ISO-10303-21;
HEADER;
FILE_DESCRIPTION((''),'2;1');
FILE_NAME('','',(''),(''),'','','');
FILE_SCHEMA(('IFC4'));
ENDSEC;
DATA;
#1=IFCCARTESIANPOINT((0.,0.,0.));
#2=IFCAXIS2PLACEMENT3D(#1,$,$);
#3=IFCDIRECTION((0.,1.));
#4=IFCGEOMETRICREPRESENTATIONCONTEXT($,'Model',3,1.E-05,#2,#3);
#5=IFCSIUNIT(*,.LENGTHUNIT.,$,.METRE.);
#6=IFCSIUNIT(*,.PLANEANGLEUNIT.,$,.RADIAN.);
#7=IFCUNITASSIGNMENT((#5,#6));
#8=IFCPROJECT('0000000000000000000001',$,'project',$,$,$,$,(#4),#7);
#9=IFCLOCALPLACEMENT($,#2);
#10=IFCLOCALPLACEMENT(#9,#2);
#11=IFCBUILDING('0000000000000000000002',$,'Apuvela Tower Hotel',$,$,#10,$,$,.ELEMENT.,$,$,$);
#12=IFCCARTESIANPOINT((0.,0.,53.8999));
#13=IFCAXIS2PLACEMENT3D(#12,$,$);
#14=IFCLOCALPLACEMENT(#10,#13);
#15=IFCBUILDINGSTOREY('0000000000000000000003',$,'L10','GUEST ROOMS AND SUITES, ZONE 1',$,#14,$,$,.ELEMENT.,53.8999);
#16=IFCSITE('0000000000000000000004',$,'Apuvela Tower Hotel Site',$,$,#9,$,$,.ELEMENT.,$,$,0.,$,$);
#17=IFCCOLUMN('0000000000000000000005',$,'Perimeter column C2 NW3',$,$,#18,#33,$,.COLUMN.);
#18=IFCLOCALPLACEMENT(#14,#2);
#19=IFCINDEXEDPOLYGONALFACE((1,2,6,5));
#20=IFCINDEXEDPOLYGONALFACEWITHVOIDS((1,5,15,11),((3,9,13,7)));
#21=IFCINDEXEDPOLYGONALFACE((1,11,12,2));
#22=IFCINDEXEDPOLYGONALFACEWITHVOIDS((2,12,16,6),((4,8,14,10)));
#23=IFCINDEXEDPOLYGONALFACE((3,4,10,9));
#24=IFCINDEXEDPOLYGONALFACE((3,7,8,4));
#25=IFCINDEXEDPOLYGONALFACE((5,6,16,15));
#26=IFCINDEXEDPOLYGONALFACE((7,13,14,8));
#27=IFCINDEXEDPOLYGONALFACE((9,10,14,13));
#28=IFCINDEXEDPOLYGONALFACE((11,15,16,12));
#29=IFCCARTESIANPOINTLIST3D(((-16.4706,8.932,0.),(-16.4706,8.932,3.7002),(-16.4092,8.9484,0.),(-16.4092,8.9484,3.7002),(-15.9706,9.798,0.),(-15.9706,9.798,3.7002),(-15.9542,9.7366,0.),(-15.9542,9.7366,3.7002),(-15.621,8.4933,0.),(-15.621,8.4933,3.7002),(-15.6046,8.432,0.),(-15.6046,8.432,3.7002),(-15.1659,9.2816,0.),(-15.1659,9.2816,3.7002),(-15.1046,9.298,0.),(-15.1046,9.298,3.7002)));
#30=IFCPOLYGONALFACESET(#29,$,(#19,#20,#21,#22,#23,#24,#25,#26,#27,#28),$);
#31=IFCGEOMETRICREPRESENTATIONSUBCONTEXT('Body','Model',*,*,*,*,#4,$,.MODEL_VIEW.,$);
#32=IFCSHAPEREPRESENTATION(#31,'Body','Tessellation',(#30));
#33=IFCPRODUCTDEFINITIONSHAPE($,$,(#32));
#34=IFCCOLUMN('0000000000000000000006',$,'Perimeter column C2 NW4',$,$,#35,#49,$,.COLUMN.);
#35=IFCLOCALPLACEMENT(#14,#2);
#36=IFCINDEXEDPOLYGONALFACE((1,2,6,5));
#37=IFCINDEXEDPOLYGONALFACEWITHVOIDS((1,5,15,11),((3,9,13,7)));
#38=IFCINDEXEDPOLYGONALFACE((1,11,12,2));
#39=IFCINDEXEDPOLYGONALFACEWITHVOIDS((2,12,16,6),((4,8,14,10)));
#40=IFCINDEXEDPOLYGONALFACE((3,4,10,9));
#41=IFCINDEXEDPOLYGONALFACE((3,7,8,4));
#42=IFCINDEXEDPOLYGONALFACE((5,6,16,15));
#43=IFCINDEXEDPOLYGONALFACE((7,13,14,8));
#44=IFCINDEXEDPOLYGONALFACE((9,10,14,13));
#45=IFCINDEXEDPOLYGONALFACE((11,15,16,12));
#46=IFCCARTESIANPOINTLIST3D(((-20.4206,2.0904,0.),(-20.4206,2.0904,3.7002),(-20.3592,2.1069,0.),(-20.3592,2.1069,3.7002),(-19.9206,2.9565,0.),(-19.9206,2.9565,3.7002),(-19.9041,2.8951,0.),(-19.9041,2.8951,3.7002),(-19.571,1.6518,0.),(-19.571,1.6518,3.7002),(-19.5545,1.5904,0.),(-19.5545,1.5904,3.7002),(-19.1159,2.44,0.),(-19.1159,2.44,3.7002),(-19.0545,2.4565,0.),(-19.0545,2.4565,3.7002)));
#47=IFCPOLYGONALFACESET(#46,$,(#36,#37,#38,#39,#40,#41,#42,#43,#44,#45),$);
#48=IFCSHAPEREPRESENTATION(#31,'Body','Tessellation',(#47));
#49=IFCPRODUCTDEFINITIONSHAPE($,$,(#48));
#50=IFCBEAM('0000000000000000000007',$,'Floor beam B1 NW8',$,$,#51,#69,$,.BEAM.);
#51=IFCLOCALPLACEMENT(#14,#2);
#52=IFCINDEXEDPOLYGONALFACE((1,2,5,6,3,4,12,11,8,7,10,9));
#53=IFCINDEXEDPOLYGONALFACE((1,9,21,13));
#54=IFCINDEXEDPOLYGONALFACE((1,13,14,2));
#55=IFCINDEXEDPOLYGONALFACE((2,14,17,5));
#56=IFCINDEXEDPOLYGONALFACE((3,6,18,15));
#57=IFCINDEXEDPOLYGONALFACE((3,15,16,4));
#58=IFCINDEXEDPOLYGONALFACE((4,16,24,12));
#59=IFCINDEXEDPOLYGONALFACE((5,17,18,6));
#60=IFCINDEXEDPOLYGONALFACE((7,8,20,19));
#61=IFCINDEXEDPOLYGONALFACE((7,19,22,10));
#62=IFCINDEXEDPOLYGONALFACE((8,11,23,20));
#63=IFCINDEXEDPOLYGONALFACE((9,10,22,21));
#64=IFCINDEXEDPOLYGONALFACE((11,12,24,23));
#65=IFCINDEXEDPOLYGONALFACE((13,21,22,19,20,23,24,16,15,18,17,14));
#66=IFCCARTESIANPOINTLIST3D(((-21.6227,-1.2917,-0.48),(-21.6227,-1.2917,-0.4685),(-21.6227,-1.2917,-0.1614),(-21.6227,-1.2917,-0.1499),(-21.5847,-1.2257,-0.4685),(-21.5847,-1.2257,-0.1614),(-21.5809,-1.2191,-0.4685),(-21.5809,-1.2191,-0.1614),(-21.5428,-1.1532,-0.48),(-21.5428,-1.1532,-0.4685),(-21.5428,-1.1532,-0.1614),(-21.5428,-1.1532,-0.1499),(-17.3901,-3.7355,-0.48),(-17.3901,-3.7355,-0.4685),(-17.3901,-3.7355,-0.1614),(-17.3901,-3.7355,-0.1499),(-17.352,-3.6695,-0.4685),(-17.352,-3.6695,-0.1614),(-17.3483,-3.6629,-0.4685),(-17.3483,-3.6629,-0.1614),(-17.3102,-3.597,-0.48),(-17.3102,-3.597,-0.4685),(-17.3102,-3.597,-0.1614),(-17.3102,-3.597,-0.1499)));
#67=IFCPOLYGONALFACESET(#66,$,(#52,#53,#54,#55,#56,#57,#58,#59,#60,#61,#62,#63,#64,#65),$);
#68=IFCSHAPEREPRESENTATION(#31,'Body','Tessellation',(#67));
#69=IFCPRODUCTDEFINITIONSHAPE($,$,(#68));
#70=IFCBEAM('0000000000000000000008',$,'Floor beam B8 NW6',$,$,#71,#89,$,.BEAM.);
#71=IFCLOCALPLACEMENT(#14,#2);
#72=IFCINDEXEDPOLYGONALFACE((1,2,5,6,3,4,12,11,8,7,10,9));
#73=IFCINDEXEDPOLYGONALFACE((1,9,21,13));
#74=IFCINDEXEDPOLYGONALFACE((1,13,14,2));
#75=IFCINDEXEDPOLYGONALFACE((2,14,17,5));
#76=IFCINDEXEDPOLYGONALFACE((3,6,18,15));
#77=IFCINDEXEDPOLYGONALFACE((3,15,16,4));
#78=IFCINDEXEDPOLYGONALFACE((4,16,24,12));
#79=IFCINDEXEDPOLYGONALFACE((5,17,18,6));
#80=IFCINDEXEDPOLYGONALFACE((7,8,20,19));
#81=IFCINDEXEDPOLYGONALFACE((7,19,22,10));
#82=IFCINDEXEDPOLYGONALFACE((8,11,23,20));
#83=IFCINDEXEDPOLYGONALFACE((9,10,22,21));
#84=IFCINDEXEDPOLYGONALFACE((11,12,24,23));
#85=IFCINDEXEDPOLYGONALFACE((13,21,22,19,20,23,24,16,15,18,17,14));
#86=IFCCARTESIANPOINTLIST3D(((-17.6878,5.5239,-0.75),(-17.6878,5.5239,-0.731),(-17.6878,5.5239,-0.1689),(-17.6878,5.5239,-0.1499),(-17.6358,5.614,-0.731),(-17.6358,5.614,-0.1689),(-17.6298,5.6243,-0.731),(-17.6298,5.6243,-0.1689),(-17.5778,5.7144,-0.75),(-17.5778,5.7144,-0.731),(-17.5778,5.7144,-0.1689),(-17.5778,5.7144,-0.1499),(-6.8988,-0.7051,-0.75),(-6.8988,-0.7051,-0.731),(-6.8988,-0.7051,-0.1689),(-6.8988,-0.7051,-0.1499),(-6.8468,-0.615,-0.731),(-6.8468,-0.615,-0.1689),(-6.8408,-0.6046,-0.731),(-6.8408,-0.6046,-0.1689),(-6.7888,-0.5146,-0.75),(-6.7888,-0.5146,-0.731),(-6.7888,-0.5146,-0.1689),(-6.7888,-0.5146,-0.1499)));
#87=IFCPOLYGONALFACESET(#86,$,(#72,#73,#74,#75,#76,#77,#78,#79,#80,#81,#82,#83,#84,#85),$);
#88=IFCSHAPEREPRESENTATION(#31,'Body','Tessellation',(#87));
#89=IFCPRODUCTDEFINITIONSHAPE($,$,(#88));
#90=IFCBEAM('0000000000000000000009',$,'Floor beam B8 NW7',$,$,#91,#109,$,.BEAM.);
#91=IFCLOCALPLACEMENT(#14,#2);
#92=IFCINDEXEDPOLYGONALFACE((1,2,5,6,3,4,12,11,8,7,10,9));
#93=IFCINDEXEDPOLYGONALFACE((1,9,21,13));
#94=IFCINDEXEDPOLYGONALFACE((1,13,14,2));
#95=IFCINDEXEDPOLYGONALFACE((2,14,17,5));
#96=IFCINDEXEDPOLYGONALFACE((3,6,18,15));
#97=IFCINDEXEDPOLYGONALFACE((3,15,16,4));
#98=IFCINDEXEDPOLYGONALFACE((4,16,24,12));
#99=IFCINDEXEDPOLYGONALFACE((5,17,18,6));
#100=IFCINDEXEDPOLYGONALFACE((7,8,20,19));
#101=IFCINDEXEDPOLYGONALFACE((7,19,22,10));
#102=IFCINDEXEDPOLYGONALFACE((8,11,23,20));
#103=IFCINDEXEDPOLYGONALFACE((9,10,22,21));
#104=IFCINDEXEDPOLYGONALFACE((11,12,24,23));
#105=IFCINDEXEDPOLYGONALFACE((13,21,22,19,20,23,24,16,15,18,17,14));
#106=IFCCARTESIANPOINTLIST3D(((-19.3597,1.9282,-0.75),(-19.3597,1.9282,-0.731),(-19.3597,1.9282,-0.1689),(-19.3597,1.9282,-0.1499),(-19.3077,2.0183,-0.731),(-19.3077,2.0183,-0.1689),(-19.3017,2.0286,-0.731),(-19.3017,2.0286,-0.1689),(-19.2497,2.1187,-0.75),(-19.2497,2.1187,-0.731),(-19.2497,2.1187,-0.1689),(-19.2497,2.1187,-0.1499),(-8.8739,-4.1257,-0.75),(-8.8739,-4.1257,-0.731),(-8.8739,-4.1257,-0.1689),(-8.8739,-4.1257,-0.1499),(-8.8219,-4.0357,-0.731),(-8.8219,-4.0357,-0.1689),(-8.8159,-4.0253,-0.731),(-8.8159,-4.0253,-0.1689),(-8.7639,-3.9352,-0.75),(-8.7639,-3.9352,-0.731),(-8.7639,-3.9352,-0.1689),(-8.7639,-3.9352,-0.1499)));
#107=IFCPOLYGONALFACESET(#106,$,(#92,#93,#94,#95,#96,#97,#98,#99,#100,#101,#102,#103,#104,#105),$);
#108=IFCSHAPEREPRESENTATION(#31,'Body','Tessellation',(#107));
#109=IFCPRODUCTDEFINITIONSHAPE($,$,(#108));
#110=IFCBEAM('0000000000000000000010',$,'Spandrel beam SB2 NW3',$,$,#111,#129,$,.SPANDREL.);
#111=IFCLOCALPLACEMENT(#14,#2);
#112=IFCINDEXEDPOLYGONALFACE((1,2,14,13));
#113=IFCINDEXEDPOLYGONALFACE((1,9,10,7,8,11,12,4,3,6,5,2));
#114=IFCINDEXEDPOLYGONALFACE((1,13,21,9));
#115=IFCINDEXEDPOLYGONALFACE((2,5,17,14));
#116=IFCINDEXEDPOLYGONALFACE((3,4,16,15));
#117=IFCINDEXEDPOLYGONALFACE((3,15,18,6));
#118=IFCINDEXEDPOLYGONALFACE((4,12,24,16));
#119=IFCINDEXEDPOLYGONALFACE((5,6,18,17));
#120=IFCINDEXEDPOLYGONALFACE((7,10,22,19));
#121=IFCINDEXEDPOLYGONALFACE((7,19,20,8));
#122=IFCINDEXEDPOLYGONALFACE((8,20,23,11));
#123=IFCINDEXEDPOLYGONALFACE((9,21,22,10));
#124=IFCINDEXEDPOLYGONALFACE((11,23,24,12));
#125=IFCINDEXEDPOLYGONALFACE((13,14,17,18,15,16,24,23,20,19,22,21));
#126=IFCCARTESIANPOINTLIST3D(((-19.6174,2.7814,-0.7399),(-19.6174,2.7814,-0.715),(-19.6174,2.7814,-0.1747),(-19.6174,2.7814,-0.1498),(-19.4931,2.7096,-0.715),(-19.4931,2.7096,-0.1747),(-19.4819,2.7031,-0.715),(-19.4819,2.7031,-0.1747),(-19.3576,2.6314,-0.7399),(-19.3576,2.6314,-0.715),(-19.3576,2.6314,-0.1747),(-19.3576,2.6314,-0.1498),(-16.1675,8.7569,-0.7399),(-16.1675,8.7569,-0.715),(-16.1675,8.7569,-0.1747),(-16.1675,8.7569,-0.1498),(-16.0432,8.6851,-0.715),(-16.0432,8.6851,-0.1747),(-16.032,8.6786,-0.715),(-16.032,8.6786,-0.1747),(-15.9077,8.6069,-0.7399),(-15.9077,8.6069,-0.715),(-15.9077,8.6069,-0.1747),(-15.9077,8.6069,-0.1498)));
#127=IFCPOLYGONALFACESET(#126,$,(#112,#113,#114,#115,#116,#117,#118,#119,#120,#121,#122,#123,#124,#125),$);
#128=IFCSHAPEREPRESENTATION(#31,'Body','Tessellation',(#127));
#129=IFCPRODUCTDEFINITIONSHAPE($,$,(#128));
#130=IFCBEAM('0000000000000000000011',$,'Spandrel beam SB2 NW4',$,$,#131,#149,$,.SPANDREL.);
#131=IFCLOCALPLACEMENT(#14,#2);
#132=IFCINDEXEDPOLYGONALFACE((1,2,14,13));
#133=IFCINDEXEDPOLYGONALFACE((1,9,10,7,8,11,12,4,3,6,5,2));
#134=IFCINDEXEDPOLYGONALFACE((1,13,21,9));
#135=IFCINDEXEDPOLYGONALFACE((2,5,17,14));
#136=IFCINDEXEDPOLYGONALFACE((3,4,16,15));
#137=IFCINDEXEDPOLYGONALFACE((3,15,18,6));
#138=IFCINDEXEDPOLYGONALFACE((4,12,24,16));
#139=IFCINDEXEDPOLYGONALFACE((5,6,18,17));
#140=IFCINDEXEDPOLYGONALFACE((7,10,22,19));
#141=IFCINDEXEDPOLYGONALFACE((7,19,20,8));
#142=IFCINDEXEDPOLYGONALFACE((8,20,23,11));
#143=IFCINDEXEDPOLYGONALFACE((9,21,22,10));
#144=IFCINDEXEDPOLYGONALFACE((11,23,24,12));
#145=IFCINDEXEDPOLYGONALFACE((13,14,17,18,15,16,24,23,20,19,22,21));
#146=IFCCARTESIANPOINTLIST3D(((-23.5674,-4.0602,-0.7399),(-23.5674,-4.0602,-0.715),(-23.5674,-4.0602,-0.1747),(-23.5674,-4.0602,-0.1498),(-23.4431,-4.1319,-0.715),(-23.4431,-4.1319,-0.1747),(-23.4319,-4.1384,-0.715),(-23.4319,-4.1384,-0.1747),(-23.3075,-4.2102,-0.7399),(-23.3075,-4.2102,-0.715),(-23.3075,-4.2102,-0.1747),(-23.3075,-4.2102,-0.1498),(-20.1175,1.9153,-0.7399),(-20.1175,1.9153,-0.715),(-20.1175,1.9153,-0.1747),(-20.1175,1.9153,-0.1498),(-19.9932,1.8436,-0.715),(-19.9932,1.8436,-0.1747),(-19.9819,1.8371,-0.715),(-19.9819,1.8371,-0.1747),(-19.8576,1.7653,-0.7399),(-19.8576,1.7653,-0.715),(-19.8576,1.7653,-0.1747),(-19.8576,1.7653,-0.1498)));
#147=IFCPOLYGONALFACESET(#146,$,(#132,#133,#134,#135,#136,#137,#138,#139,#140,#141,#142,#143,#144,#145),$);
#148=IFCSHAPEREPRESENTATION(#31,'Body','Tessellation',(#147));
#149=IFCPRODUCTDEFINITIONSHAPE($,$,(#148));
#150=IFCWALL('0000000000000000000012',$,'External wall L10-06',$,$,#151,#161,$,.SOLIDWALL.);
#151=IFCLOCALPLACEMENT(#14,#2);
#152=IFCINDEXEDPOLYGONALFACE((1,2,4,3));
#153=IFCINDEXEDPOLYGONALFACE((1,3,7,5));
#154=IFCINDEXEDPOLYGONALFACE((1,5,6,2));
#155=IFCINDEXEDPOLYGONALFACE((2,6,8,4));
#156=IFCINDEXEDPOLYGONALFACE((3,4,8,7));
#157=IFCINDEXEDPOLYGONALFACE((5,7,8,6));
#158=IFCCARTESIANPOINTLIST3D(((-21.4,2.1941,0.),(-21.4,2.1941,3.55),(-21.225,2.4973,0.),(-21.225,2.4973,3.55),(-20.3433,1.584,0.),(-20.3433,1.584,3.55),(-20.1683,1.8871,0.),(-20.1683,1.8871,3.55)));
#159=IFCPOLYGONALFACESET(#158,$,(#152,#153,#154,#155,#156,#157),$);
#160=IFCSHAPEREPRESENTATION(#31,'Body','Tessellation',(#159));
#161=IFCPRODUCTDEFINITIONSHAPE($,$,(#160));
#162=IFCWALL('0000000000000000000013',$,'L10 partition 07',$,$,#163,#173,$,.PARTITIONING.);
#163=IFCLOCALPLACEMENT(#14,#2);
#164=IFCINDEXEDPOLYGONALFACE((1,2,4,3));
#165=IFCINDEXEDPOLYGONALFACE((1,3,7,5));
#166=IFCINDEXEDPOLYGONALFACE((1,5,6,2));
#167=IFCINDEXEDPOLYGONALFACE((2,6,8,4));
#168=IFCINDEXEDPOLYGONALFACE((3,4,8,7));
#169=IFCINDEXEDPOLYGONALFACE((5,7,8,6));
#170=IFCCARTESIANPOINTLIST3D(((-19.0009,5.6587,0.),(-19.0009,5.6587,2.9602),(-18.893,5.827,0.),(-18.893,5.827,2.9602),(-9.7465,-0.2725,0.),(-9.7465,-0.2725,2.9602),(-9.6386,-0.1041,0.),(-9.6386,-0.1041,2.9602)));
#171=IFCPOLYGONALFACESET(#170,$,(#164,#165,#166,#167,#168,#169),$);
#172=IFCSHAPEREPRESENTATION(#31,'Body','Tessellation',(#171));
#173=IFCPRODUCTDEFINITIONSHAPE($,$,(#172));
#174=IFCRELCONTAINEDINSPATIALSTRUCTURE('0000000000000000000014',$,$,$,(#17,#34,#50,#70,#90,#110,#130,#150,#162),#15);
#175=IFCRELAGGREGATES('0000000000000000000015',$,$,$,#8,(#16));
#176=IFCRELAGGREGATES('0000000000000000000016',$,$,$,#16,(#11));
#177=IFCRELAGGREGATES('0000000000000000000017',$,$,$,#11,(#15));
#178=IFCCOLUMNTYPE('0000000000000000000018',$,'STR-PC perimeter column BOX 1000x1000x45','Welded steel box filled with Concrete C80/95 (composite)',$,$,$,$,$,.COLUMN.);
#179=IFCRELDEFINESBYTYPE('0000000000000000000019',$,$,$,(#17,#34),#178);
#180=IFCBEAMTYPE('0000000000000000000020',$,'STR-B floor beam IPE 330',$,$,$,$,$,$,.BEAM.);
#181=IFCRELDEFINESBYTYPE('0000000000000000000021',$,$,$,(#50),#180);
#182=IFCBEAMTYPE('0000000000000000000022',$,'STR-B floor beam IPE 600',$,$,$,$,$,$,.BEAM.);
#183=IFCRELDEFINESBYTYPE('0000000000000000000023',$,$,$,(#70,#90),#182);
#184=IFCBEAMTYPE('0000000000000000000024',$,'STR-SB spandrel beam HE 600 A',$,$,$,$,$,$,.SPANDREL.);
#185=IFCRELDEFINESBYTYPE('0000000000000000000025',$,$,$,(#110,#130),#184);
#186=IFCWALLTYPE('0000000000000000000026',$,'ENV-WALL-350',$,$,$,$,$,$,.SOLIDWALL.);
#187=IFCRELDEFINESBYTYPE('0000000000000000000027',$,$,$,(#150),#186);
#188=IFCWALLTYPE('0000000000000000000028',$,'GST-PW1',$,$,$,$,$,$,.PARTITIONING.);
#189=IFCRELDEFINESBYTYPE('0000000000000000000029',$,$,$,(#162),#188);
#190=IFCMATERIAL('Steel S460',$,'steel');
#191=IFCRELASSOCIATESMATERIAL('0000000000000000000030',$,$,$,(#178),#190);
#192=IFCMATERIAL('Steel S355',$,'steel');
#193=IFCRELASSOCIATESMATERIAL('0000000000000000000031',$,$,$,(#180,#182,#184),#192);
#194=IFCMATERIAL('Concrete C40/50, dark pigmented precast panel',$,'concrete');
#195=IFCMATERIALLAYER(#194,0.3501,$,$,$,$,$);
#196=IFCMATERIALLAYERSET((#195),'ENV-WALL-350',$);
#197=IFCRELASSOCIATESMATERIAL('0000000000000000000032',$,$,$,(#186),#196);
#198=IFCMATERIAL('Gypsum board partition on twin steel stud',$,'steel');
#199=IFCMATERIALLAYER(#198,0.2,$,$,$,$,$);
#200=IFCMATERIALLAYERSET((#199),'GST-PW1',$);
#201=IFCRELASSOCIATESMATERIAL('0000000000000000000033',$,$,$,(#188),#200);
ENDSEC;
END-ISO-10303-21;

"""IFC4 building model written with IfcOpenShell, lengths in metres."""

from ifc_helpers import new_model, si_unit, direction, frame, frame_2d, origin, origin_2d, place, context, subcontext, project, spatial, rectangle, hollow_rectangle, i_section, extrude, material, layer, layer_set, material_profile, profile_set, type_object, element, save


model = new_model("IFC4")

# Units and contexts
model_context = context("Model", 3, precision=1e-05, world=origin(), true_north=direction((0.0, 1.0)))
body_context = subcontext(model_context, "Body", "Model", "MODEL_VIEW")
ifc_project = project(units=[si_unit("LENGTHUNIT", "METRE"), si_unit("PLANEANGLEUNIT", "RADIAN")], contexts=[model_context])

# Site, building, storey
site_placement = place(None, origin())
site = spatial("IfcSite", under=ifc_project, at=site_placement, Name="Apuvela Tower Hotel Site", CompositionType="ELEMENT", RefElevation=0.0)
building_placement = place(site_placement, origin())
building = spatial("IfcBuilding", under=site, at=building_placement, Name="Apuvela Tower Hotel", CompositionType="ELEMENT")
storey_placement = place(building_placement, frame((0.0, 0.0, 53.8999)))
storey = spatial("IfcBuildingStorey", under=building, at=storey_placement, Name="L10", Description="GUEST ROOMS AND SUITES, ZONE 1", CompositionType="ELEMENT", Elevation=53.8999)

# Columns
ifc_material_1 = material(Name="Steel S460", Category="steel")
ifc_material_profile_1 = material_profile(ifc_material_1, hollow_rectangle(XDim=1.0, YDim=1.0, WallThickness=0.0449, at=origin_2d()), Name="BOX 1000x1000x45")
ifc_material_2 = material(Name="Concrete C80/95", Category="concrete")
ifc_material_profile_2 = material_profile(ifc_material_2, rectangle(XDim=0.9099, YDim=0.9099, at=origin_2d()), Name="Concrete C80/95 infill")
ifc_profile_set_1 = profile_set([ifc_material_profile_1, ifc_material_profile_2], Name="Steel S460")
column_type = type_object("IfcColumnType", Name="STR-PC perimeter column BOX 1000x1000x45", Description="Welded steel box filled with Concrete C80/95 (composite)", PredefinedType="COLUMN", material=ifc_profile_set_1)
for number, where, z_axis, x_axis, name in (
    (1, (-15.7876, 9.115, 0.0), (0.0, 0.0, 1.0), (0.5, 0.866025, 0.0), "Perimeter column C2 NW3"),
    (2, (-19.7375, 2.2734, 0.0), (0.0, 0.0, 1.0), (0.5, 0.866025, 0.0), "Perimeter column C2 NW4"),
):
    element("IfcColumn", number, at=place(storey_placement, frame(where, z_axis=z_axis, x_axis=x_axis)), inside=storey, type_object=column_type, Name=name, PredefinedType="COLUMN", context=body_context, shape_type="SweptSolid", body=[
        extrude(hollow_rectangle(XDim=1.0, YDim=1.0, WallThickness=0.0449, at=origin_2d()), origin(), (0.0, 0.0, 1.0), 3.7002),
    ])

# Beams
ifc_material_3 = material(Name="Steel S355", Category="steel")
ifc_material_profile_3 = material_profile(ifc_material_3, i_section(OverallWidth=0.1599, OverallDepth=0.3301, WebThickness=0.0076, FlangeThickness=0.0115, at=origin_2d()), Name="IPE 330")
ifc_profile_set_2 = profile_set([ifc_material_profile_3], Name="Steel S355")
beam_type_1 = type_object("IfcBeamType", Name="STR-B floor beam IPE 330", PredefinedType="BEAM", material=ifc_profile_set_2)
beam_1_placement = place(storey_placement, frame((-21.5828, -1.2224, -0.3149), z_axis=(0.866015, -0.500018, 0.0), x_axis=(0.500018, 0.866015, 0.0)))
element("IfcBeam", 3, at=beam_1_placement, inside=storey, type_object=beam_type_1, Name="Floor beam B1 NW8", PredefinedType="BEAM", context=body_context, shape_type="SweptSolid", body=[
    extrude(i_section(OverallWidth=0.1599, OverallDepth=0.3301, WebThickness=0.0076, FlangeThickness=0.0115, at=origin_2d()), origin(), (0.0, 0.0, 1.0), 4.8875),
])
ifc_material_profile_4 = material_profile(ifc_material_3, i_section(OverallWidth=0.22, OverallDepth=0.6001, WebThickness=0.012, FlangeThickness=0.019, at=origin_2d()), Name="IPE 600")
ifc_profile_set_3 = profile_set([ifc_material_profile_4], Name="Steel S355")
beam_type_2 = type_object("IfcBeamType", Name="STR-B floor beam IPE 600", PredefinedType="BEAM", material=ifc_profile_set_3)
beam_2_placement = place(storey_placement, frame((-17.6328, 5.6191, -0.45), z_axis=(0.866028, -0.499996, 0.0), x_axis=(0.499996, 0.866028, 0.0)))
element("IfcBeam", 4, at=beam_2_placement, inside=storey, type_object=beam_type_2, Name="Floor beam B8 NW6", PredefinedType="BEAM", context=body_context, shape_type="SweptSolid", body=[
    extrude(i_section(OverallWidth=0.22, OverallDepth=0.6001, WebThickness=0.012, FlangeThickness=0.019, at=origin_2d()), origin(), (0.0, 0.0, 1.0), 12.458),
])
beam_3_placement = place(storey_placement, frame((-19.3047, 2.0234, -0.45), z_axis=(0.866027, -0.499997, 0.0), x_axis=(0.499997, 0.866027, 0.0)))
element("IfcBeam", 5, at=beam_3_placement, inside=storey, type_object=beam_type_2, Name="Floor beam B8 NW7", PredefinedType="BEAM", context=body_context, shape_type="SweptSolid", body=[
    extrude(i_section(OverallWidth=0.22, OverallDepth=0.6001, WebThickness=0.012, FlangeThickness=0.019, at=origin_2d()), origin(), (0.0, 0.0, 1.0), 12.1079),
])
ifc_material_profile_5 = material_profile(ifc_material_3, i_section(OverallWidth=0.3, OverallDepth=0.5901, WebThickness=0.0129, FlangeThickness=0.0249, at=origin_2d()), Name="HE 600 A")
ifc_profile_set_4 = profile_set([ifc_material_profile_5], Name="Steel S355")
beam_type_3 = type_object("IfcBeamType", Name="STR-SB spandrel beam HE 600 A", PredefinedType="SPANDREL", material=ifc_profile_set_4)
for number, where, z_axis, x_axis, name in (
    (6, (-16.0376, 8.6819, -0.4448), (-0.499994, -0.866029, 0.0), (0.866029, -0.499994, 0.0), "Spandrel beam SB2 NW3"),
    (7, (-19.9875, 1.8403, -0.4448), (-0.499994, -0.866029, 0.0), (0.866029, -0.499994, 0.0), "Spandrel beam SB2 NW4"),
):
    element("IfcBeam", number, at=place(storey_placement, frame(where, z_axis=z_axis, x_axis=x_axis)), inside=storey, type_object=beam_type_3, Name=name, PredefinedType="SPANDREL", context=body_context, shape_type="SweptSolid", body=[
        extrude(i_section(OverallWidth=0.3, OverallDepth=0.5901, WebThickness=0.0129, FlangeThickness=0.0249, at=origin_2d()), origin(), (0.0, 0.0, 1.0), 6.8999),
    ])

# Shared definitions
ifc_material_4 = material(Name="Concrete C40/50, dark pigmented precast panel", Category="concrete")
ifc_layer_1 = layer(ifc_material_4, 0.3501)
ifc_layer_set_1 = layer_set([ifc_layer_1], Name="ENV-WALL-350")
wall_type_1 = type_object("IfcWallType", Name="ENV-WALL-350", PredefinedType="SOLIDWALL", material=ifc_layer_set_1)

# Wall
wall_1_placement = place(storey_placement, frame((-21.3125, 2.3457, 0.0), z_axis=(0.0, 0.0, 1.0), x_axis=(0.866006, -0.500034, 0.0)))
element("IfcWall", 8, at=wall_1_placement, inside=storey, type_object=wall_type_1, Name="External wall L10-06", PredefinedType="SOLIDWALL", context=body_context, shape_type="SweptSolid", body=[
    extrude(rectangle(XDim=1.2202, YDim=0.3501, at=frame_2d((0.6101, 0.0))), origin(), (0.0, 0.0, 1.0), 3.55),
])

# Wall
ifc_material_5 = material(Name="Gypsum board partition on twin steel stud", Category="steel")
ifc_layer_2 = layer(ifc_material_5, 0.2)
ifc_layer_set_2 = layer_set([ifc_layer_2], Name="GST-PW1")
wall_type_2 = type_object("IfcWallType", Name="GST-PW1", PredefinedType="PARTITIONING", material=ifc_layer_set_2)
wall_2_placement = place(storey_placement, frame((-18.947, 5.7429, 0.0), z_axis=(0.0, 0.0, 1.0), x_axis=(0.841927, -0.539592, 0.0)))
element("IfcWall", 9, at=wall_2_placement, inside=storey, type_object=wall_type_2, Name="L10 partition 07", PredefinedType="PARTITIONING", context=body_context, shape_type="SweptSolid", body=[
    extrude(rectangle(XDim=10.9919, YDim=0.2, at=frame_2d((5.4961, 0.0))), origin(), (0.0, 0.0, 1.0), 2.9602),
])

save(model, "model.ifc")
